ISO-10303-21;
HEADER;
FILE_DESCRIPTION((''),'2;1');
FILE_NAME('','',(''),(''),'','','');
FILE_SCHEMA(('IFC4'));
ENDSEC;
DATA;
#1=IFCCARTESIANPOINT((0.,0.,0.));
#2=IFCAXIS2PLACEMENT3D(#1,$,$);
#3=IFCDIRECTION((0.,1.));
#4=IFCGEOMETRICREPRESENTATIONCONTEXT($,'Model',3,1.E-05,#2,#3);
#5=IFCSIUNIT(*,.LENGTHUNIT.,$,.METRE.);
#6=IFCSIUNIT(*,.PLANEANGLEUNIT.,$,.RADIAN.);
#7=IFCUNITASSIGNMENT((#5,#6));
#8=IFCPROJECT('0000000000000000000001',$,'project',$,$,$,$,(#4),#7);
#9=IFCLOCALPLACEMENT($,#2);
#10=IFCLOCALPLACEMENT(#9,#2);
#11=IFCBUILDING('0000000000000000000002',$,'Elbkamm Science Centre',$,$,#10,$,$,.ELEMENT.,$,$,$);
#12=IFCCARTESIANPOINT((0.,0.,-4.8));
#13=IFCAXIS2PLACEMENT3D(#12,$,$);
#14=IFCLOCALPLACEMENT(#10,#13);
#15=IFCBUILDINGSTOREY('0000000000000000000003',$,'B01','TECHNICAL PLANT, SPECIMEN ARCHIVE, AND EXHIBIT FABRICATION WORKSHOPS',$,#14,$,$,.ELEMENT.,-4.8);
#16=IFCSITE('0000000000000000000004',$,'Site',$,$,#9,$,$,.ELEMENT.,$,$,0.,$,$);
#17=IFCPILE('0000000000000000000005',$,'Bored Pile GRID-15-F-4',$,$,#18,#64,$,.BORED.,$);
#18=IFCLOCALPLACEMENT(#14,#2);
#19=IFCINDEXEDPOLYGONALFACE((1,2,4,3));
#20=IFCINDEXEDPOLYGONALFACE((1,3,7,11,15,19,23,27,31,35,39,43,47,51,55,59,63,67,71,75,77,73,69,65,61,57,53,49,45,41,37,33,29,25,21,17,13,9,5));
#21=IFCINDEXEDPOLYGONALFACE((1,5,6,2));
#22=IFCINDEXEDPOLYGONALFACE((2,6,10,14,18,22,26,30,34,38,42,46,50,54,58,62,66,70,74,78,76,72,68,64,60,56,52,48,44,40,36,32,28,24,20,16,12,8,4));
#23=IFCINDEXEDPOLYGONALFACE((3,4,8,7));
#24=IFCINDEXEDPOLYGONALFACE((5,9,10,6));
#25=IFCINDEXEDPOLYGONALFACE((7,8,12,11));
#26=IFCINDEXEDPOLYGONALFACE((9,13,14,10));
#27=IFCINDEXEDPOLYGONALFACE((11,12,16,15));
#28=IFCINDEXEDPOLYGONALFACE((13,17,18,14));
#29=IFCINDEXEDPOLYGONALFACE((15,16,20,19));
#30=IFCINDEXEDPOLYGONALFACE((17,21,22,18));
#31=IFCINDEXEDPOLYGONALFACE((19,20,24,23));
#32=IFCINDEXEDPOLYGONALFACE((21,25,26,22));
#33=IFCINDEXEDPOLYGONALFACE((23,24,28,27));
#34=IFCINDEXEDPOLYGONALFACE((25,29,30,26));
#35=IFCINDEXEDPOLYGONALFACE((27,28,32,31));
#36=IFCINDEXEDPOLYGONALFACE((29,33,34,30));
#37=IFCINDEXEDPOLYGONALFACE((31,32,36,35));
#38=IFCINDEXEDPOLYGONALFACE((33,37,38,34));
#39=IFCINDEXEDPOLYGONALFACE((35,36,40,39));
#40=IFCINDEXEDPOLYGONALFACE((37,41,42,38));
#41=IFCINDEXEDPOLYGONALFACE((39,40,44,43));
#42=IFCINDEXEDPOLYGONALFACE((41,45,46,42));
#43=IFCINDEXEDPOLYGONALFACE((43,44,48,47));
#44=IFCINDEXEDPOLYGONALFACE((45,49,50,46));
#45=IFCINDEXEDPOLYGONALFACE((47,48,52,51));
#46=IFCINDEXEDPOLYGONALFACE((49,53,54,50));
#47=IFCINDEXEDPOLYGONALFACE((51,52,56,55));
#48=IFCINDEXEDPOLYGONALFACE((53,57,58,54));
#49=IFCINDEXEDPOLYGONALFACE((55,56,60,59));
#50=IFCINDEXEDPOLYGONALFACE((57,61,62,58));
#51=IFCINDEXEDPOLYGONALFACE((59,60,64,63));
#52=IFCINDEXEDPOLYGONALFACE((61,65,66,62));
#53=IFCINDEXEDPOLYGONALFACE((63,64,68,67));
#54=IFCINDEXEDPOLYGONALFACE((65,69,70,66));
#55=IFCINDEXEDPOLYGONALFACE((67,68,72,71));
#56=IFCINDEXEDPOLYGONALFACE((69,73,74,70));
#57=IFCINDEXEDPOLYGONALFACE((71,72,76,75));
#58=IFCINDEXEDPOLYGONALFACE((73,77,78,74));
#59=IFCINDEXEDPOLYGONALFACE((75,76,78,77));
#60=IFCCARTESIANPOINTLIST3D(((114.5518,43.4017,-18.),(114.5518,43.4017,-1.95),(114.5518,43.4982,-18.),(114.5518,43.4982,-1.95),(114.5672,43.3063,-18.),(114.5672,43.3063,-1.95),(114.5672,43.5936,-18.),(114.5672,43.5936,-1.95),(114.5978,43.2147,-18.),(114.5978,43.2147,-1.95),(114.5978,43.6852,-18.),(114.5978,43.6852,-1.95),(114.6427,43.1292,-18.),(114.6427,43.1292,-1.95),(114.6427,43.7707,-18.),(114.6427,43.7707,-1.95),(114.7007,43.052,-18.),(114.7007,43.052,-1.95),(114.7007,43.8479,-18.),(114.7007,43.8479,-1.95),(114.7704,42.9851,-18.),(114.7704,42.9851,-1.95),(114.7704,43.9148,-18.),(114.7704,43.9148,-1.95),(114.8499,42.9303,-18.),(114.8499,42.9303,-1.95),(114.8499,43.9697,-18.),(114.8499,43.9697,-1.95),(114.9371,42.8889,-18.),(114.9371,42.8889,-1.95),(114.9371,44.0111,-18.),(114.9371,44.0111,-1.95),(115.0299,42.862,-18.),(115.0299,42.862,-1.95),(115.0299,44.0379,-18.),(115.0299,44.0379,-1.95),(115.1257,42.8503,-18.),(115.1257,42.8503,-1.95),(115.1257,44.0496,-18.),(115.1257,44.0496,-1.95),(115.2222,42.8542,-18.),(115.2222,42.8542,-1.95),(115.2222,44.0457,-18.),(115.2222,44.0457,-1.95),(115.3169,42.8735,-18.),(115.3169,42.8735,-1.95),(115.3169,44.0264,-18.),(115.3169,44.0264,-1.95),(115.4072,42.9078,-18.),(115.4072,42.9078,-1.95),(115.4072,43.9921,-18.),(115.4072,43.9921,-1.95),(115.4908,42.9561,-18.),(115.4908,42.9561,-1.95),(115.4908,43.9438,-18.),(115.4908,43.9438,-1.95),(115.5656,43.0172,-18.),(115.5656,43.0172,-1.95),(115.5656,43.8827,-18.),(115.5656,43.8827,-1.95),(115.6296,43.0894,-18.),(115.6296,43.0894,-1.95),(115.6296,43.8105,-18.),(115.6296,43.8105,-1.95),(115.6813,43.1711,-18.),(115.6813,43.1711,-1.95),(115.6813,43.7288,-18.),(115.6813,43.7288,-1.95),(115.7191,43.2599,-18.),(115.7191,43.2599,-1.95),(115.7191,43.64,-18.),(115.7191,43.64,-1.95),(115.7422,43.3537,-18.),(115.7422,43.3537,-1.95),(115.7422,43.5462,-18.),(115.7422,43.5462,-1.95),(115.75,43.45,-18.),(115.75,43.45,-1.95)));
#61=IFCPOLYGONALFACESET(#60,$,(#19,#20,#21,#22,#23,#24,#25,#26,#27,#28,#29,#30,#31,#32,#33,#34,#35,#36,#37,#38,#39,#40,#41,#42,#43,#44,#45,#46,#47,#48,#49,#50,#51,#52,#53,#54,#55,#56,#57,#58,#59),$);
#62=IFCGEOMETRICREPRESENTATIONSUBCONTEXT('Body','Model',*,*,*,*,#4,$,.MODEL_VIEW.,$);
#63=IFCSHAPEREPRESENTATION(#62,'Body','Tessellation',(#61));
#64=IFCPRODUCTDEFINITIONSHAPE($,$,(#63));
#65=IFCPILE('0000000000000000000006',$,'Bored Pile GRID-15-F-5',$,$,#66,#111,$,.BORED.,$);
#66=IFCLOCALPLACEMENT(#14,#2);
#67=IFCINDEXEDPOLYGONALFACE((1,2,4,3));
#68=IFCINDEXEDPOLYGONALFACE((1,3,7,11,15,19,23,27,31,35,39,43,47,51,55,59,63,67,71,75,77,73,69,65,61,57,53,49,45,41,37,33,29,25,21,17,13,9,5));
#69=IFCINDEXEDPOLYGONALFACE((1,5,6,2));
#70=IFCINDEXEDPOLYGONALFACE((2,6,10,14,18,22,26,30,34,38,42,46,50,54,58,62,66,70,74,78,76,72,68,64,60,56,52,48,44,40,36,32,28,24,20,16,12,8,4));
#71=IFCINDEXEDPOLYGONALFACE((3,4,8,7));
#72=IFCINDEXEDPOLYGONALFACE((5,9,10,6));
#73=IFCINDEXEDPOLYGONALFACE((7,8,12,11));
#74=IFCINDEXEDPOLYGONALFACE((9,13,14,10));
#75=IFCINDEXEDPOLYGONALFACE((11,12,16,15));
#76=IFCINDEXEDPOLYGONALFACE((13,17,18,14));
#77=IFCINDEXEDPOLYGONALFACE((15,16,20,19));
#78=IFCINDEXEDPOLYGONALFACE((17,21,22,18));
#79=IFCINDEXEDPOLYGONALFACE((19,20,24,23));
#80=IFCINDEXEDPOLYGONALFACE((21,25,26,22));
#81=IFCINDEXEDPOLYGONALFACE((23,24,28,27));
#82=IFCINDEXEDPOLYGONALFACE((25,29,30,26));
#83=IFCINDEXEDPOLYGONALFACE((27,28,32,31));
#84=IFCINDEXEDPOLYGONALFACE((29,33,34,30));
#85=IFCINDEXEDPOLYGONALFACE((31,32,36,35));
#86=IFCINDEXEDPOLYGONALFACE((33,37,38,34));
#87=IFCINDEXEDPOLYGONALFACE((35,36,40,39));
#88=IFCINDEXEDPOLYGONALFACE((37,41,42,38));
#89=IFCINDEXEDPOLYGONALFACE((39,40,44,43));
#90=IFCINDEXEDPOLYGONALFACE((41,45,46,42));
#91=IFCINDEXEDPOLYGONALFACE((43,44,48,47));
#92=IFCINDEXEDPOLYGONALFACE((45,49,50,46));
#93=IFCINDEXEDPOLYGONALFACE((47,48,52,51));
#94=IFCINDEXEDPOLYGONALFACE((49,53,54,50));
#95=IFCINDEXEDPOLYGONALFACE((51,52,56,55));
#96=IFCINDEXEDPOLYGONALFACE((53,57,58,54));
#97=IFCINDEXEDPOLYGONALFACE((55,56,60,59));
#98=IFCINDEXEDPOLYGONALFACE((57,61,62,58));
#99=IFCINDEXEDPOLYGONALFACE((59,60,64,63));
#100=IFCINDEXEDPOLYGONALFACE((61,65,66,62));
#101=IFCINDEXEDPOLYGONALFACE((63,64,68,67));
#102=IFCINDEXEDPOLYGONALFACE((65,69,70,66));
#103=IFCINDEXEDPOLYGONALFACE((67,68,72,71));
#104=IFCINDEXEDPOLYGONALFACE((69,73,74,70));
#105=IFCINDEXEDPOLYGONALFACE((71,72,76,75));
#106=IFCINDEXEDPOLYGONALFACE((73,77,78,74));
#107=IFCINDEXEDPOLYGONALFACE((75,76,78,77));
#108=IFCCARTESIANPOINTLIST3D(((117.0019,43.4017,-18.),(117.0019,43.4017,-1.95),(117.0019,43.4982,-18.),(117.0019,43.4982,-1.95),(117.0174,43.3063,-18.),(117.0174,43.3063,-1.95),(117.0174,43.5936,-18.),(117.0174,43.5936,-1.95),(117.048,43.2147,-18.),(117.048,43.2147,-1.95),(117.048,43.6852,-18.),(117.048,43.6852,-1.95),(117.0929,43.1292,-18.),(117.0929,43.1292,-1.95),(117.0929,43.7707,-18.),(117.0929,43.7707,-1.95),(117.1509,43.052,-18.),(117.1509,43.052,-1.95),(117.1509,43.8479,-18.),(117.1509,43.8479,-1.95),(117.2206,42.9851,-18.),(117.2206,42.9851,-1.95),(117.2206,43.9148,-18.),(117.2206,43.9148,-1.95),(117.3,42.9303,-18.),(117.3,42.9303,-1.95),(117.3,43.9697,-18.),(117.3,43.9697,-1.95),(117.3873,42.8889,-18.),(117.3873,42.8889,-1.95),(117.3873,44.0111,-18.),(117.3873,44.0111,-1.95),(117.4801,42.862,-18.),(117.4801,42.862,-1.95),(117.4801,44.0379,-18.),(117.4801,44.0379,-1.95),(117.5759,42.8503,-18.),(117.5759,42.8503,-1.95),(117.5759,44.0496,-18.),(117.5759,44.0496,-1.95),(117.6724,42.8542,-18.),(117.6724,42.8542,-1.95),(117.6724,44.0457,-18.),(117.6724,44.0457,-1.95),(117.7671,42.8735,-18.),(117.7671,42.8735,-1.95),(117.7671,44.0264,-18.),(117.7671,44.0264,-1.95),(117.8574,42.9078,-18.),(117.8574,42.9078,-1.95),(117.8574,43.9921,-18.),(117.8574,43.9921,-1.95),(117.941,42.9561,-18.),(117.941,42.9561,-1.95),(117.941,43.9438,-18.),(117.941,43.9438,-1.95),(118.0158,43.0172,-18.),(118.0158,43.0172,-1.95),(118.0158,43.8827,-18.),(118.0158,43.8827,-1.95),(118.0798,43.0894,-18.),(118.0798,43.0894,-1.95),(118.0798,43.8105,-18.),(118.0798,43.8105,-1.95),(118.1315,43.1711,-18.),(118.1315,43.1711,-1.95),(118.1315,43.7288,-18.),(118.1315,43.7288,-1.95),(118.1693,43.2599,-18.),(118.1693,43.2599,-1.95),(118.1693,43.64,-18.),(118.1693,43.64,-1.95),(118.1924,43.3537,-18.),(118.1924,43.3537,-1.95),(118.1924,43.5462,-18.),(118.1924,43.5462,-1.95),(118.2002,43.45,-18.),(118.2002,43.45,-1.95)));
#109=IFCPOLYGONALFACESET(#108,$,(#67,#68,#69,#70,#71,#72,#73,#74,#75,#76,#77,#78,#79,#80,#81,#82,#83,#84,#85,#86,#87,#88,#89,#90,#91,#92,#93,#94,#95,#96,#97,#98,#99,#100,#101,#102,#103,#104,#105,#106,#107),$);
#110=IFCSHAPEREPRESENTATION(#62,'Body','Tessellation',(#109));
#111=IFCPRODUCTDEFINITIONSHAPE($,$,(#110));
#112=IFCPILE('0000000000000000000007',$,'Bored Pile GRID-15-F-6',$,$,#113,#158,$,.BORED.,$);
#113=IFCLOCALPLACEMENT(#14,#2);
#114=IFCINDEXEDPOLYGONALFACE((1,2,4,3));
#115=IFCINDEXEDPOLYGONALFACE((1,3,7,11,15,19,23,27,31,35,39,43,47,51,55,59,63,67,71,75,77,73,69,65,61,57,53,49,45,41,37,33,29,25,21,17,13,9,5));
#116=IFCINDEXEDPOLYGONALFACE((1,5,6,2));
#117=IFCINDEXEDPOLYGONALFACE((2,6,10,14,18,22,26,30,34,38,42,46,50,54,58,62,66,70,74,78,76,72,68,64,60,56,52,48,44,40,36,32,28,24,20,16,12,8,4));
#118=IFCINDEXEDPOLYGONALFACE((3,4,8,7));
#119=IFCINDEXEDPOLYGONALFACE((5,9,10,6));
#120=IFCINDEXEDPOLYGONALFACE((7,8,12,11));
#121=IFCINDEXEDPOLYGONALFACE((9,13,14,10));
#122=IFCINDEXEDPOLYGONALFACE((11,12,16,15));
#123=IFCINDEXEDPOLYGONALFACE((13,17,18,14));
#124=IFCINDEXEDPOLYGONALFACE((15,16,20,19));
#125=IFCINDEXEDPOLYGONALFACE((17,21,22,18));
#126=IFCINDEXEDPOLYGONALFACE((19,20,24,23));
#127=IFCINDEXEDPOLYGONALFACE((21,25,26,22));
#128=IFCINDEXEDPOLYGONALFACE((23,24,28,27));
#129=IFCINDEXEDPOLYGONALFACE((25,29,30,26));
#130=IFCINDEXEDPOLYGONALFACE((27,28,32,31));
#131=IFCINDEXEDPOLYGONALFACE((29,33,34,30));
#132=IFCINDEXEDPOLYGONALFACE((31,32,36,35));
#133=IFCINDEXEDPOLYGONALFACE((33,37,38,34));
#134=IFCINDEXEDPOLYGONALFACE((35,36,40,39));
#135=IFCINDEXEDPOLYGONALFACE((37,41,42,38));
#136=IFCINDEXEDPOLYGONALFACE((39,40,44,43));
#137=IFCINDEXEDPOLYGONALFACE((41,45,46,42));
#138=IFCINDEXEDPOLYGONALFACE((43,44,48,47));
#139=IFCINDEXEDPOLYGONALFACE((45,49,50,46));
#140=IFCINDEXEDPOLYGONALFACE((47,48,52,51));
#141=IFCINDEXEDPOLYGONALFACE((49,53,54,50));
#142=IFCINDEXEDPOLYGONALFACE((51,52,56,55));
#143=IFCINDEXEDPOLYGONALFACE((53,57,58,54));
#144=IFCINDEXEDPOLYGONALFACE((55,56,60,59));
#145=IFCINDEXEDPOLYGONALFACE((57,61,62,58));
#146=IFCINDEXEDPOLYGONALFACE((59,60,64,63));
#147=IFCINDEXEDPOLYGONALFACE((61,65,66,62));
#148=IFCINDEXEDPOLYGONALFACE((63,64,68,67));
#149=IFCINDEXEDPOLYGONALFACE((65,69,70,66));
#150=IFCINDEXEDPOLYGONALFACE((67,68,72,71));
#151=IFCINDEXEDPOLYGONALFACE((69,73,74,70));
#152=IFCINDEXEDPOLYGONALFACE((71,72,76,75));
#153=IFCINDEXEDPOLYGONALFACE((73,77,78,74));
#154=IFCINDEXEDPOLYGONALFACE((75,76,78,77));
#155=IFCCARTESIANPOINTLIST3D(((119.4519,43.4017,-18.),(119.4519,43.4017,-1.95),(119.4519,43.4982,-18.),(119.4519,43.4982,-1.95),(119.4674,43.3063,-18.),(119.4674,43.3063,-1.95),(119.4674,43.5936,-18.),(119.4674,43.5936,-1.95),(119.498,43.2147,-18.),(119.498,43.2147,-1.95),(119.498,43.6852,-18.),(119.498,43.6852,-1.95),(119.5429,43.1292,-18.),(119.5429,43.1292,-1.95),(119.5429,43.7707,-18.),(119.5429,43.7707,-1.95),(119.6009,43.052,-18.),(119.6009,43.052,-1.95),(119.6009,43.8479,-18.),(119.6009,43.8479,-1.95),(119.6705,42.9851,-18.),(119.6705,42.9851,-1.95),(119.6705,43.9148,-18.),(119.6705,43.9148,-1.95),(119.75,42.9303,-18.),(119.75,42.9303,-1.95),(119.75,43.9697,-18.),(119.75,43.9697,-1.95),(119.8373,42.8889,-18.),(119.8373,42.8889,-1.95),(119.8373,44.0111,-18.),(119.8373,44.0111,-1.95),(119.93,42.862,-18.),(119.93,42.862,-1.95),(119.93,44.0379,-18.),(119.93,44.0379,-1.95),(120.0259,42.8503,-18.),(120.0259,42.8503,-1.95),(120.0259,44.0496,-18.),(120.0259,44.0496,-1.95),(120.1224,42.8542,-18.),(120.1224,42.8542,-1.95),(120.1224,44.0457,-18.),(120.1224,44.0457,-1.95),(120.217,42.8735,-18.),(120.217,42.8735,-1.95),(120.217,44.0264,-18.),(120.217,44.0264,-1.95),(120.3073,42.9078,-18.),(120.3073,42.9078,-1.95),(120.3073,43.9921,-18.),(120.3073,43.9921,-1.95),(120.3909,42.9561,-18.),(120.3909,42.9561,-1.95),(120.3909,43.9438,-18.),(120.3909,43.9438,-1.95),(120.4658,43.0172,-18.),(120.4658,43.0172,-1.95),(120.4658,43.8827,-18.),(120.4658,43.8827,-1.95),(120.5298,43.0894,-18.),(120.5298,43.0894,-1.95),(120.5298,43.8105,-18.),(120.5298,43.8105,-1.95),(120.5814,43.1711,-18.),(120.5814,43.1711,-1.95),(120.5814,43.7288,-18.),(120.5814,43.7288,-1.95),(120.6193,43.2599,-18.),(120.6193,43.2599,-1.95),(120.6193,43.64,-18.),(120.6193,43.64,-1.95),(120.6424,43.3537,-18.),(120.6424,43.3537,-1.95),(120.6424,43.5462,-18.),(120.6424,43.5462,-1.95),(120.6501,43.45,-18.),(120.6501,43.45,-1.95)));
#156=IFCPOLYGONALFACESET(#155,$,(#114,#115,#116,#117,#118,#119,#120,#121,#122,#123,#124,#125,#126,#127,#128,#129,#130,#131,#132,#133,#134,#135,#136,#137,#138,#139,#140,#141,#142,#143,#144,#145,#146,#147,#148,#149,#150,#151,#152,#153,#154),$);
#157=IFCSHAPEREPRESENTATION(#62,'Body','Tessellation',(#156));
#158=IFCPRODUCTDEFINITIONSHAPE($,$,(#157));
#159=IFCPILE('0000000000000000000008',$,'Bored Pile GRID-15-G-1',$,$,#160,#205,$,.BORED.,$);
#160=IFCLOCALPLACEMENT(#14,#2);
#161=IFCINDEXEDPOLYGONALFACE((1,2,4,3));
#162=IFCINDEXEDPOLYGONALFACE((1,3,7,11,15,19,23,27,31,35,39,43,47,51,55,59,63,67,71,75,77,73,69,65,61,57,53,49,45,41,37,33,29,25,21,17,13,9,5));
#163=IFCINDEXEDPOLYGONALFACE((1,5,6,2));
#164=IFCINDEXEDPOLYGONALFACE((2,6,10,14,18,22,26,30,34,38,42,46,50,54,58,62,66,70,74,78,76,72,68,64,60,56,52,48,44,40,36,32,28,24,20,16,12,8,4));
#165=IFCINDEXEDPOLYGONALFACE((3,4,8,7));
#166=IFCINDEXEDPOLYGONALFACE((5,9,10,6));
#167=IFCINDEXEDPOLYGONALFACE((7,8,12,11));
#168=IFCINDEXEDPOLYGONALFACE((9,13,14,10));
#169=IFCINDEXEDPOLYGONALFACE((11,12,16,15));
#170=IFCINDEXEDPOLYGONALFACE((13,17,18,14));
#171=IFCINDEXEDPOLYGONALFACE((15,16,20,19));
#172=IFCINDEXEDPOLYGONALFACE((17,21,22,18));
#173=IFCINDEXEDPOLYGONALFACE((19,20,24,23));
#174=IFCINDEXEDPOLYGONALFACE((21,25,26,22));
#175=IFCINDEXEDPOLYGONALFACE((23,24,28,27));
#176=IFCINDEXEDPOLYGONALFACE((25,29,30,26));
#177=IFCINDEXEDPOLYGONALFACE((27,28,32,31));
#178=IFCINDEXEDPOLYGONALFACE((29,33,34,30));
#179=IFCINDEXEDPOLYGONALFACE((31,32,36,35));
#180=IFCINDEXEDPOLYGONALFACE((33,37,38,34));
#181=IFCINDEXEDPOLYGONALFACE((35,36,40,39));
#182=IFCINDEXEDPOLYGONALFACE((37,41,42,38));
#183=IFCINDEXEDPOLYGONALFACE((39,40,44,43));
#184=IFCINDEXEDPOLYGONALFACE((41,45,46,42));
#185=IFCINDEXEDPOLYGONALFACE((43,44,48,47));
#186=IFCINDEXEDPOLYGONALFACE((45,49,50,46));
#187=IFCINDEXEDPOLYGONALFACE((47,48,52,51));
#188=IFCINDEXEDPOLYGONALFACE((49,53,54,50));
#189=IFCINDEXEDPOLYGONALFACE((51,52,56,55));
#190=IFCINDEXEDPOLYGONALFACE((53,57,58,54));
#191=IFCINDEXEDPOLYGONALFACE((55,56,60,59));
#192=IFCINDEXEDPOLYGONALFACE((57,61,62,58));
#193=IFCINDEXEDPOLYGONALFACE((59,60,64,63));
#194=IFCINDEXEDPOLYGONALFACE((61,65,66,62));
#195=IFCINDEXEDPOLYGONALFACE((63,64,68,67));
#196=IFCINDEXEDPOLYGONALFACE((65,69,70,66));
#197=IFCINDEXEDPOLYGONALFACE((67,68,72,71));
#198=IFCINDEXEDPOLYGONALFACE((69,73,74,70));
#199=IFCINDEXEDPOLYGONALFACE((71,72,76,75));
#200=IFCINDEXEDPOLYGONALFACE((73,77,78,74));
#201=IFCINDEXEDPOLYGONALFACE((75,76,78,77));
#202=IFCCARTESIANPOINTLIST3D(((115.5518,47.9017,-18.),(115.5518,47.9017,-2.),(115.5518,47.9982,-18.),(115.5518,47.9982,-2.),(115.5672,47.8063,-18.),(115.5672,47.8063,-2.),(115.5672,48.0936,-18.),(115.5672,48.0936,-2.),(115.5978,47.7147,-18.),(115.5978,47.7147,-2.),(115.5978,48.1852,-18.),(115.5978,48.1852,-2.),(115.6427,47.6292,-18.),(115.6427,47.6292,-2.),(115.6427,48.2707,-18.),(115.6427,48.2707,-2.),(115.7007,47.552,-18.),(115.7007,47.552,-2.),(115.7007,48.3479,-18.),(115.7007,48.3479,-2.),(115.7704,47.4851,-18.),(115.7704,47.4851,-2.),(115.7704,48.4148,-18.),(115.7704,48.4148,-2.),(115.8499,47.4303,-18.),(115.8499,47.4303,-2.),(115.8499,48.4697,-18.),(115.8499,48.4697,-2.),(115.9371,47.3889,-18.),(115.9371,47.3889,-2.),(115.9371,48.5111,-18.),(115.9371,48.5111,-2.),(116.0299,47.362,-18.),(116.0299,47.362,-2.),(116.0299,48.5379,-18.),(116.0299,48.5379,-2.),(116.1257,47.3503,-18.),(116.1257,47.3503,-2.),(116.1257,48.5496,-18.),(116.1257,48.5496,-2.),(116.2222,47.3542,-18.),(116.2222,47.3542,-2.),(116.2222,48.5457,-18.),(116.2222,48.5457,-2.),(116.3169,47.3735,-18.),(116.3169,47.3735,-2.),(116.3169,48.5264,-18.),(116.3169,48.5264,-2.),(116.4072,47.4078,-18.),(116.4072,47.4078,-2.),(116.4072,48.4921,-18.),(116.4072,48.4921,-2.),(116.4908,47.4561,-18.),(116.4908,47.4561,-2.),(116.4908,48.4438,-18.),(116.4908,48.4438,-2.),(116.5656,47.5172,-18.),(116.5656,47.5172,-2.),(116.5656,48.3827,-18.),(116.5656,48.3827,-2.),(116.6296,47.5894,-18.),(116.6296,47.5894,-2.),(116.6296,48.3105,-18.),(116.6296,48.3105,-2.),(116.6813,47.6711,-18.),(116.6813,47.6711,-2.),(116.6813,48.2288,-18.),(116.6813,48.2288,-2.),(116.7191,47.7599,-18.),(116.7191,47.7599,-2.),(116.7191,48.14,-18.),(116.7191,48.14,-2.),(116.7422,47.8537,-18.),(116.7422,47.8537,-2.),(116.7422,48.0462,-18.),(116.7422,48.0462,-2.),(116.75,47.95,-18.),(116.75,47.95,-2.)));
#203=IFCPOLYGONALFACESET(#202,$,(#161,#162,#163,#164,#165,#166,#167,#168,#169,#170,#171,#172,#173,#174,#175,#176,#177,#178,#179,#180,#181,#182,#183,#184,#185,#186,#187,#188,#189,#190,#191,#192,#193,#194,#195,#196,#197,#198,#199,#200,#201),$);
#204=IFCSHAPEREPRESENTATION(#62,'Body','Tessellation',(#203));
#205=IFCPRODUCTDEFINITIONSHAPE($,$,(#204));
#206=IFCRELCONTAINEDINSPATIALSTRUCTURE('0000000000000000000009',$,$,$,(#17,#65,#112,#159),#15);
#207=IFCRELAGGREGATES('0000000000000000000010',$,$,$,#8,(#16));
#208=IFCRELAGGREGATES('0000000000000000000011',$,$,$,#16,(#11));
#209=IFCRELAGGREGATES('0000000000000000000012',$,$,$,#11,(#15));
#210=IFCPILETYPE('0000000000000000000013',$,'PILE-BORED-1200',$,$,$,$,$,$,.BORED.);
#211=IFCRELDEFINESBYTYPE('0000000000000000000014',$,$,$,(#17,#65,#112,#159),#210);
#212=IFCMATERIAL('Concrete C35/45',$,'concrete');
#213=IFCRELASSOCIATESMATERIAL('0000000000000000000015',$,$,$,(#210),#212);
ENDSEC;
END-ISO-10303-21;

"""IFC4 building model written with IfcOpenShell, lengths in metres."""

from ifc_helpers import new_model, si_unit, direction, frame, origin, origin_2d, place, context, subcontext, project, spatial, circle, extrude, material, material_profile, profile_set, type_object, element, save


model = new_model("IFC4")

# Units and contexts
model_context = context("Model", 3, precision=1e-05, world=origin(), true_north=direction((0.0, 1.0)))
body_context = subcontext(model_context, "Body", "Model", "MODEL_VIEW")
ifc_project = project(units=[si_unit("LENGTHUNIT", "METRE"), si_unit("PLANEANGLEUNIT", "RADIAN")], contexts=[model_context])

# Site, building, storey
site_placement = place(None, origin())
site = spatial("IfcSite", under=ifc_project, at=site_placement, Name="Site", CompositionType="ELEMENT", RefElevation=0.0)
building_placement = place(site_placement, origin())
building = spatial("IfcBuilding", under=site, at=building_placement, Name="Elbkamm Science Centre", CompositionType="ELEMENT")
storey_placement = place(building_placement, frame((0.0, 0.0, -4.8)))
storey = spatial("IfcBuildingStorey", under=building, at=storey_placement, Name="B01", Description="TECHNICAL PLANT, SPECIMEN ARCHIVE, AND EXHIBIT FABRICATION WORKSHOPS", CompositionType="ELEMENT", Elevation=-4.8)

# Shared definitions
ifc_material_1 = material(Name="Concrete C35/45", Category="concrete")

# Piles
ifc_material_profile_1 = material_profile(ifc_material_1, circle(Radius=0.6001, at=origin_2d()), Name="PILE D1200")
ifc_profile_set_1 = profile_set([ifc_material_profile_1], Name="Concrete C35/45")
pile_type_1 = type_object("IfcPileType", Name="PILE-BORED-1200", PredefinedType="BORED", material=ifc_profile_set_1)
for number, where, z_axis, x_axis, name in (
    (1, (115.1499, 43.45, -1.95), (0.0, 0.0, -1.0), (1.0, 0.0, 0.0), "Bored Pile GRID-15-F-4"),
    (2, (117.6001, 43.45, -1.95), (0.0, 0.0, -1.0), (1.0, 0.0, 0.0), "Bored Pile GRID-15-F-5"),
    (3, (120.05, 43.45, -1.95), (0.0, 0.0, -1.0), (1.0, 0.0, 0.0), "Bored Pile GRID-15-F-6"),
):
    element("IfcPile", number, at=place(storey_placement, frame(where, z_axis=z_axis, x_axis=x_axis)), inside=storey, type_object=pile_type_1, Name=name, PredefinedType="BORED", context=body_context, shape_type="SweptSolid", body=[
        extrude(circle(Radius=0.6001, at=origin_2d()), origin(), (0.0, 0.0, 1.0), 16.05),
    ])
for number, where, z_axis, x_axis, name in (
    (4, (116.1499, 47.95, -2.0), (0.0, 0.0, -1.0), (1.0, 0.0, 0.0), "Bored Pile GRID-15-G-1"),
):
    element("IfcPile", number, at=place(storey_placement, frame(where, z_axis=z_axis, x_axis=x_axis)), inside=storey, type_object=pile_type_1, Name=name, PredefinedType="BORED", context=body_context, shape_type="SweptSolid", body=[
        extrude(circle(Radius=0.6001, at=origin_2d()), origin(), (0.0, 0.0, 1.0), 16.0),
    ])

save(model, "model.ifc")
